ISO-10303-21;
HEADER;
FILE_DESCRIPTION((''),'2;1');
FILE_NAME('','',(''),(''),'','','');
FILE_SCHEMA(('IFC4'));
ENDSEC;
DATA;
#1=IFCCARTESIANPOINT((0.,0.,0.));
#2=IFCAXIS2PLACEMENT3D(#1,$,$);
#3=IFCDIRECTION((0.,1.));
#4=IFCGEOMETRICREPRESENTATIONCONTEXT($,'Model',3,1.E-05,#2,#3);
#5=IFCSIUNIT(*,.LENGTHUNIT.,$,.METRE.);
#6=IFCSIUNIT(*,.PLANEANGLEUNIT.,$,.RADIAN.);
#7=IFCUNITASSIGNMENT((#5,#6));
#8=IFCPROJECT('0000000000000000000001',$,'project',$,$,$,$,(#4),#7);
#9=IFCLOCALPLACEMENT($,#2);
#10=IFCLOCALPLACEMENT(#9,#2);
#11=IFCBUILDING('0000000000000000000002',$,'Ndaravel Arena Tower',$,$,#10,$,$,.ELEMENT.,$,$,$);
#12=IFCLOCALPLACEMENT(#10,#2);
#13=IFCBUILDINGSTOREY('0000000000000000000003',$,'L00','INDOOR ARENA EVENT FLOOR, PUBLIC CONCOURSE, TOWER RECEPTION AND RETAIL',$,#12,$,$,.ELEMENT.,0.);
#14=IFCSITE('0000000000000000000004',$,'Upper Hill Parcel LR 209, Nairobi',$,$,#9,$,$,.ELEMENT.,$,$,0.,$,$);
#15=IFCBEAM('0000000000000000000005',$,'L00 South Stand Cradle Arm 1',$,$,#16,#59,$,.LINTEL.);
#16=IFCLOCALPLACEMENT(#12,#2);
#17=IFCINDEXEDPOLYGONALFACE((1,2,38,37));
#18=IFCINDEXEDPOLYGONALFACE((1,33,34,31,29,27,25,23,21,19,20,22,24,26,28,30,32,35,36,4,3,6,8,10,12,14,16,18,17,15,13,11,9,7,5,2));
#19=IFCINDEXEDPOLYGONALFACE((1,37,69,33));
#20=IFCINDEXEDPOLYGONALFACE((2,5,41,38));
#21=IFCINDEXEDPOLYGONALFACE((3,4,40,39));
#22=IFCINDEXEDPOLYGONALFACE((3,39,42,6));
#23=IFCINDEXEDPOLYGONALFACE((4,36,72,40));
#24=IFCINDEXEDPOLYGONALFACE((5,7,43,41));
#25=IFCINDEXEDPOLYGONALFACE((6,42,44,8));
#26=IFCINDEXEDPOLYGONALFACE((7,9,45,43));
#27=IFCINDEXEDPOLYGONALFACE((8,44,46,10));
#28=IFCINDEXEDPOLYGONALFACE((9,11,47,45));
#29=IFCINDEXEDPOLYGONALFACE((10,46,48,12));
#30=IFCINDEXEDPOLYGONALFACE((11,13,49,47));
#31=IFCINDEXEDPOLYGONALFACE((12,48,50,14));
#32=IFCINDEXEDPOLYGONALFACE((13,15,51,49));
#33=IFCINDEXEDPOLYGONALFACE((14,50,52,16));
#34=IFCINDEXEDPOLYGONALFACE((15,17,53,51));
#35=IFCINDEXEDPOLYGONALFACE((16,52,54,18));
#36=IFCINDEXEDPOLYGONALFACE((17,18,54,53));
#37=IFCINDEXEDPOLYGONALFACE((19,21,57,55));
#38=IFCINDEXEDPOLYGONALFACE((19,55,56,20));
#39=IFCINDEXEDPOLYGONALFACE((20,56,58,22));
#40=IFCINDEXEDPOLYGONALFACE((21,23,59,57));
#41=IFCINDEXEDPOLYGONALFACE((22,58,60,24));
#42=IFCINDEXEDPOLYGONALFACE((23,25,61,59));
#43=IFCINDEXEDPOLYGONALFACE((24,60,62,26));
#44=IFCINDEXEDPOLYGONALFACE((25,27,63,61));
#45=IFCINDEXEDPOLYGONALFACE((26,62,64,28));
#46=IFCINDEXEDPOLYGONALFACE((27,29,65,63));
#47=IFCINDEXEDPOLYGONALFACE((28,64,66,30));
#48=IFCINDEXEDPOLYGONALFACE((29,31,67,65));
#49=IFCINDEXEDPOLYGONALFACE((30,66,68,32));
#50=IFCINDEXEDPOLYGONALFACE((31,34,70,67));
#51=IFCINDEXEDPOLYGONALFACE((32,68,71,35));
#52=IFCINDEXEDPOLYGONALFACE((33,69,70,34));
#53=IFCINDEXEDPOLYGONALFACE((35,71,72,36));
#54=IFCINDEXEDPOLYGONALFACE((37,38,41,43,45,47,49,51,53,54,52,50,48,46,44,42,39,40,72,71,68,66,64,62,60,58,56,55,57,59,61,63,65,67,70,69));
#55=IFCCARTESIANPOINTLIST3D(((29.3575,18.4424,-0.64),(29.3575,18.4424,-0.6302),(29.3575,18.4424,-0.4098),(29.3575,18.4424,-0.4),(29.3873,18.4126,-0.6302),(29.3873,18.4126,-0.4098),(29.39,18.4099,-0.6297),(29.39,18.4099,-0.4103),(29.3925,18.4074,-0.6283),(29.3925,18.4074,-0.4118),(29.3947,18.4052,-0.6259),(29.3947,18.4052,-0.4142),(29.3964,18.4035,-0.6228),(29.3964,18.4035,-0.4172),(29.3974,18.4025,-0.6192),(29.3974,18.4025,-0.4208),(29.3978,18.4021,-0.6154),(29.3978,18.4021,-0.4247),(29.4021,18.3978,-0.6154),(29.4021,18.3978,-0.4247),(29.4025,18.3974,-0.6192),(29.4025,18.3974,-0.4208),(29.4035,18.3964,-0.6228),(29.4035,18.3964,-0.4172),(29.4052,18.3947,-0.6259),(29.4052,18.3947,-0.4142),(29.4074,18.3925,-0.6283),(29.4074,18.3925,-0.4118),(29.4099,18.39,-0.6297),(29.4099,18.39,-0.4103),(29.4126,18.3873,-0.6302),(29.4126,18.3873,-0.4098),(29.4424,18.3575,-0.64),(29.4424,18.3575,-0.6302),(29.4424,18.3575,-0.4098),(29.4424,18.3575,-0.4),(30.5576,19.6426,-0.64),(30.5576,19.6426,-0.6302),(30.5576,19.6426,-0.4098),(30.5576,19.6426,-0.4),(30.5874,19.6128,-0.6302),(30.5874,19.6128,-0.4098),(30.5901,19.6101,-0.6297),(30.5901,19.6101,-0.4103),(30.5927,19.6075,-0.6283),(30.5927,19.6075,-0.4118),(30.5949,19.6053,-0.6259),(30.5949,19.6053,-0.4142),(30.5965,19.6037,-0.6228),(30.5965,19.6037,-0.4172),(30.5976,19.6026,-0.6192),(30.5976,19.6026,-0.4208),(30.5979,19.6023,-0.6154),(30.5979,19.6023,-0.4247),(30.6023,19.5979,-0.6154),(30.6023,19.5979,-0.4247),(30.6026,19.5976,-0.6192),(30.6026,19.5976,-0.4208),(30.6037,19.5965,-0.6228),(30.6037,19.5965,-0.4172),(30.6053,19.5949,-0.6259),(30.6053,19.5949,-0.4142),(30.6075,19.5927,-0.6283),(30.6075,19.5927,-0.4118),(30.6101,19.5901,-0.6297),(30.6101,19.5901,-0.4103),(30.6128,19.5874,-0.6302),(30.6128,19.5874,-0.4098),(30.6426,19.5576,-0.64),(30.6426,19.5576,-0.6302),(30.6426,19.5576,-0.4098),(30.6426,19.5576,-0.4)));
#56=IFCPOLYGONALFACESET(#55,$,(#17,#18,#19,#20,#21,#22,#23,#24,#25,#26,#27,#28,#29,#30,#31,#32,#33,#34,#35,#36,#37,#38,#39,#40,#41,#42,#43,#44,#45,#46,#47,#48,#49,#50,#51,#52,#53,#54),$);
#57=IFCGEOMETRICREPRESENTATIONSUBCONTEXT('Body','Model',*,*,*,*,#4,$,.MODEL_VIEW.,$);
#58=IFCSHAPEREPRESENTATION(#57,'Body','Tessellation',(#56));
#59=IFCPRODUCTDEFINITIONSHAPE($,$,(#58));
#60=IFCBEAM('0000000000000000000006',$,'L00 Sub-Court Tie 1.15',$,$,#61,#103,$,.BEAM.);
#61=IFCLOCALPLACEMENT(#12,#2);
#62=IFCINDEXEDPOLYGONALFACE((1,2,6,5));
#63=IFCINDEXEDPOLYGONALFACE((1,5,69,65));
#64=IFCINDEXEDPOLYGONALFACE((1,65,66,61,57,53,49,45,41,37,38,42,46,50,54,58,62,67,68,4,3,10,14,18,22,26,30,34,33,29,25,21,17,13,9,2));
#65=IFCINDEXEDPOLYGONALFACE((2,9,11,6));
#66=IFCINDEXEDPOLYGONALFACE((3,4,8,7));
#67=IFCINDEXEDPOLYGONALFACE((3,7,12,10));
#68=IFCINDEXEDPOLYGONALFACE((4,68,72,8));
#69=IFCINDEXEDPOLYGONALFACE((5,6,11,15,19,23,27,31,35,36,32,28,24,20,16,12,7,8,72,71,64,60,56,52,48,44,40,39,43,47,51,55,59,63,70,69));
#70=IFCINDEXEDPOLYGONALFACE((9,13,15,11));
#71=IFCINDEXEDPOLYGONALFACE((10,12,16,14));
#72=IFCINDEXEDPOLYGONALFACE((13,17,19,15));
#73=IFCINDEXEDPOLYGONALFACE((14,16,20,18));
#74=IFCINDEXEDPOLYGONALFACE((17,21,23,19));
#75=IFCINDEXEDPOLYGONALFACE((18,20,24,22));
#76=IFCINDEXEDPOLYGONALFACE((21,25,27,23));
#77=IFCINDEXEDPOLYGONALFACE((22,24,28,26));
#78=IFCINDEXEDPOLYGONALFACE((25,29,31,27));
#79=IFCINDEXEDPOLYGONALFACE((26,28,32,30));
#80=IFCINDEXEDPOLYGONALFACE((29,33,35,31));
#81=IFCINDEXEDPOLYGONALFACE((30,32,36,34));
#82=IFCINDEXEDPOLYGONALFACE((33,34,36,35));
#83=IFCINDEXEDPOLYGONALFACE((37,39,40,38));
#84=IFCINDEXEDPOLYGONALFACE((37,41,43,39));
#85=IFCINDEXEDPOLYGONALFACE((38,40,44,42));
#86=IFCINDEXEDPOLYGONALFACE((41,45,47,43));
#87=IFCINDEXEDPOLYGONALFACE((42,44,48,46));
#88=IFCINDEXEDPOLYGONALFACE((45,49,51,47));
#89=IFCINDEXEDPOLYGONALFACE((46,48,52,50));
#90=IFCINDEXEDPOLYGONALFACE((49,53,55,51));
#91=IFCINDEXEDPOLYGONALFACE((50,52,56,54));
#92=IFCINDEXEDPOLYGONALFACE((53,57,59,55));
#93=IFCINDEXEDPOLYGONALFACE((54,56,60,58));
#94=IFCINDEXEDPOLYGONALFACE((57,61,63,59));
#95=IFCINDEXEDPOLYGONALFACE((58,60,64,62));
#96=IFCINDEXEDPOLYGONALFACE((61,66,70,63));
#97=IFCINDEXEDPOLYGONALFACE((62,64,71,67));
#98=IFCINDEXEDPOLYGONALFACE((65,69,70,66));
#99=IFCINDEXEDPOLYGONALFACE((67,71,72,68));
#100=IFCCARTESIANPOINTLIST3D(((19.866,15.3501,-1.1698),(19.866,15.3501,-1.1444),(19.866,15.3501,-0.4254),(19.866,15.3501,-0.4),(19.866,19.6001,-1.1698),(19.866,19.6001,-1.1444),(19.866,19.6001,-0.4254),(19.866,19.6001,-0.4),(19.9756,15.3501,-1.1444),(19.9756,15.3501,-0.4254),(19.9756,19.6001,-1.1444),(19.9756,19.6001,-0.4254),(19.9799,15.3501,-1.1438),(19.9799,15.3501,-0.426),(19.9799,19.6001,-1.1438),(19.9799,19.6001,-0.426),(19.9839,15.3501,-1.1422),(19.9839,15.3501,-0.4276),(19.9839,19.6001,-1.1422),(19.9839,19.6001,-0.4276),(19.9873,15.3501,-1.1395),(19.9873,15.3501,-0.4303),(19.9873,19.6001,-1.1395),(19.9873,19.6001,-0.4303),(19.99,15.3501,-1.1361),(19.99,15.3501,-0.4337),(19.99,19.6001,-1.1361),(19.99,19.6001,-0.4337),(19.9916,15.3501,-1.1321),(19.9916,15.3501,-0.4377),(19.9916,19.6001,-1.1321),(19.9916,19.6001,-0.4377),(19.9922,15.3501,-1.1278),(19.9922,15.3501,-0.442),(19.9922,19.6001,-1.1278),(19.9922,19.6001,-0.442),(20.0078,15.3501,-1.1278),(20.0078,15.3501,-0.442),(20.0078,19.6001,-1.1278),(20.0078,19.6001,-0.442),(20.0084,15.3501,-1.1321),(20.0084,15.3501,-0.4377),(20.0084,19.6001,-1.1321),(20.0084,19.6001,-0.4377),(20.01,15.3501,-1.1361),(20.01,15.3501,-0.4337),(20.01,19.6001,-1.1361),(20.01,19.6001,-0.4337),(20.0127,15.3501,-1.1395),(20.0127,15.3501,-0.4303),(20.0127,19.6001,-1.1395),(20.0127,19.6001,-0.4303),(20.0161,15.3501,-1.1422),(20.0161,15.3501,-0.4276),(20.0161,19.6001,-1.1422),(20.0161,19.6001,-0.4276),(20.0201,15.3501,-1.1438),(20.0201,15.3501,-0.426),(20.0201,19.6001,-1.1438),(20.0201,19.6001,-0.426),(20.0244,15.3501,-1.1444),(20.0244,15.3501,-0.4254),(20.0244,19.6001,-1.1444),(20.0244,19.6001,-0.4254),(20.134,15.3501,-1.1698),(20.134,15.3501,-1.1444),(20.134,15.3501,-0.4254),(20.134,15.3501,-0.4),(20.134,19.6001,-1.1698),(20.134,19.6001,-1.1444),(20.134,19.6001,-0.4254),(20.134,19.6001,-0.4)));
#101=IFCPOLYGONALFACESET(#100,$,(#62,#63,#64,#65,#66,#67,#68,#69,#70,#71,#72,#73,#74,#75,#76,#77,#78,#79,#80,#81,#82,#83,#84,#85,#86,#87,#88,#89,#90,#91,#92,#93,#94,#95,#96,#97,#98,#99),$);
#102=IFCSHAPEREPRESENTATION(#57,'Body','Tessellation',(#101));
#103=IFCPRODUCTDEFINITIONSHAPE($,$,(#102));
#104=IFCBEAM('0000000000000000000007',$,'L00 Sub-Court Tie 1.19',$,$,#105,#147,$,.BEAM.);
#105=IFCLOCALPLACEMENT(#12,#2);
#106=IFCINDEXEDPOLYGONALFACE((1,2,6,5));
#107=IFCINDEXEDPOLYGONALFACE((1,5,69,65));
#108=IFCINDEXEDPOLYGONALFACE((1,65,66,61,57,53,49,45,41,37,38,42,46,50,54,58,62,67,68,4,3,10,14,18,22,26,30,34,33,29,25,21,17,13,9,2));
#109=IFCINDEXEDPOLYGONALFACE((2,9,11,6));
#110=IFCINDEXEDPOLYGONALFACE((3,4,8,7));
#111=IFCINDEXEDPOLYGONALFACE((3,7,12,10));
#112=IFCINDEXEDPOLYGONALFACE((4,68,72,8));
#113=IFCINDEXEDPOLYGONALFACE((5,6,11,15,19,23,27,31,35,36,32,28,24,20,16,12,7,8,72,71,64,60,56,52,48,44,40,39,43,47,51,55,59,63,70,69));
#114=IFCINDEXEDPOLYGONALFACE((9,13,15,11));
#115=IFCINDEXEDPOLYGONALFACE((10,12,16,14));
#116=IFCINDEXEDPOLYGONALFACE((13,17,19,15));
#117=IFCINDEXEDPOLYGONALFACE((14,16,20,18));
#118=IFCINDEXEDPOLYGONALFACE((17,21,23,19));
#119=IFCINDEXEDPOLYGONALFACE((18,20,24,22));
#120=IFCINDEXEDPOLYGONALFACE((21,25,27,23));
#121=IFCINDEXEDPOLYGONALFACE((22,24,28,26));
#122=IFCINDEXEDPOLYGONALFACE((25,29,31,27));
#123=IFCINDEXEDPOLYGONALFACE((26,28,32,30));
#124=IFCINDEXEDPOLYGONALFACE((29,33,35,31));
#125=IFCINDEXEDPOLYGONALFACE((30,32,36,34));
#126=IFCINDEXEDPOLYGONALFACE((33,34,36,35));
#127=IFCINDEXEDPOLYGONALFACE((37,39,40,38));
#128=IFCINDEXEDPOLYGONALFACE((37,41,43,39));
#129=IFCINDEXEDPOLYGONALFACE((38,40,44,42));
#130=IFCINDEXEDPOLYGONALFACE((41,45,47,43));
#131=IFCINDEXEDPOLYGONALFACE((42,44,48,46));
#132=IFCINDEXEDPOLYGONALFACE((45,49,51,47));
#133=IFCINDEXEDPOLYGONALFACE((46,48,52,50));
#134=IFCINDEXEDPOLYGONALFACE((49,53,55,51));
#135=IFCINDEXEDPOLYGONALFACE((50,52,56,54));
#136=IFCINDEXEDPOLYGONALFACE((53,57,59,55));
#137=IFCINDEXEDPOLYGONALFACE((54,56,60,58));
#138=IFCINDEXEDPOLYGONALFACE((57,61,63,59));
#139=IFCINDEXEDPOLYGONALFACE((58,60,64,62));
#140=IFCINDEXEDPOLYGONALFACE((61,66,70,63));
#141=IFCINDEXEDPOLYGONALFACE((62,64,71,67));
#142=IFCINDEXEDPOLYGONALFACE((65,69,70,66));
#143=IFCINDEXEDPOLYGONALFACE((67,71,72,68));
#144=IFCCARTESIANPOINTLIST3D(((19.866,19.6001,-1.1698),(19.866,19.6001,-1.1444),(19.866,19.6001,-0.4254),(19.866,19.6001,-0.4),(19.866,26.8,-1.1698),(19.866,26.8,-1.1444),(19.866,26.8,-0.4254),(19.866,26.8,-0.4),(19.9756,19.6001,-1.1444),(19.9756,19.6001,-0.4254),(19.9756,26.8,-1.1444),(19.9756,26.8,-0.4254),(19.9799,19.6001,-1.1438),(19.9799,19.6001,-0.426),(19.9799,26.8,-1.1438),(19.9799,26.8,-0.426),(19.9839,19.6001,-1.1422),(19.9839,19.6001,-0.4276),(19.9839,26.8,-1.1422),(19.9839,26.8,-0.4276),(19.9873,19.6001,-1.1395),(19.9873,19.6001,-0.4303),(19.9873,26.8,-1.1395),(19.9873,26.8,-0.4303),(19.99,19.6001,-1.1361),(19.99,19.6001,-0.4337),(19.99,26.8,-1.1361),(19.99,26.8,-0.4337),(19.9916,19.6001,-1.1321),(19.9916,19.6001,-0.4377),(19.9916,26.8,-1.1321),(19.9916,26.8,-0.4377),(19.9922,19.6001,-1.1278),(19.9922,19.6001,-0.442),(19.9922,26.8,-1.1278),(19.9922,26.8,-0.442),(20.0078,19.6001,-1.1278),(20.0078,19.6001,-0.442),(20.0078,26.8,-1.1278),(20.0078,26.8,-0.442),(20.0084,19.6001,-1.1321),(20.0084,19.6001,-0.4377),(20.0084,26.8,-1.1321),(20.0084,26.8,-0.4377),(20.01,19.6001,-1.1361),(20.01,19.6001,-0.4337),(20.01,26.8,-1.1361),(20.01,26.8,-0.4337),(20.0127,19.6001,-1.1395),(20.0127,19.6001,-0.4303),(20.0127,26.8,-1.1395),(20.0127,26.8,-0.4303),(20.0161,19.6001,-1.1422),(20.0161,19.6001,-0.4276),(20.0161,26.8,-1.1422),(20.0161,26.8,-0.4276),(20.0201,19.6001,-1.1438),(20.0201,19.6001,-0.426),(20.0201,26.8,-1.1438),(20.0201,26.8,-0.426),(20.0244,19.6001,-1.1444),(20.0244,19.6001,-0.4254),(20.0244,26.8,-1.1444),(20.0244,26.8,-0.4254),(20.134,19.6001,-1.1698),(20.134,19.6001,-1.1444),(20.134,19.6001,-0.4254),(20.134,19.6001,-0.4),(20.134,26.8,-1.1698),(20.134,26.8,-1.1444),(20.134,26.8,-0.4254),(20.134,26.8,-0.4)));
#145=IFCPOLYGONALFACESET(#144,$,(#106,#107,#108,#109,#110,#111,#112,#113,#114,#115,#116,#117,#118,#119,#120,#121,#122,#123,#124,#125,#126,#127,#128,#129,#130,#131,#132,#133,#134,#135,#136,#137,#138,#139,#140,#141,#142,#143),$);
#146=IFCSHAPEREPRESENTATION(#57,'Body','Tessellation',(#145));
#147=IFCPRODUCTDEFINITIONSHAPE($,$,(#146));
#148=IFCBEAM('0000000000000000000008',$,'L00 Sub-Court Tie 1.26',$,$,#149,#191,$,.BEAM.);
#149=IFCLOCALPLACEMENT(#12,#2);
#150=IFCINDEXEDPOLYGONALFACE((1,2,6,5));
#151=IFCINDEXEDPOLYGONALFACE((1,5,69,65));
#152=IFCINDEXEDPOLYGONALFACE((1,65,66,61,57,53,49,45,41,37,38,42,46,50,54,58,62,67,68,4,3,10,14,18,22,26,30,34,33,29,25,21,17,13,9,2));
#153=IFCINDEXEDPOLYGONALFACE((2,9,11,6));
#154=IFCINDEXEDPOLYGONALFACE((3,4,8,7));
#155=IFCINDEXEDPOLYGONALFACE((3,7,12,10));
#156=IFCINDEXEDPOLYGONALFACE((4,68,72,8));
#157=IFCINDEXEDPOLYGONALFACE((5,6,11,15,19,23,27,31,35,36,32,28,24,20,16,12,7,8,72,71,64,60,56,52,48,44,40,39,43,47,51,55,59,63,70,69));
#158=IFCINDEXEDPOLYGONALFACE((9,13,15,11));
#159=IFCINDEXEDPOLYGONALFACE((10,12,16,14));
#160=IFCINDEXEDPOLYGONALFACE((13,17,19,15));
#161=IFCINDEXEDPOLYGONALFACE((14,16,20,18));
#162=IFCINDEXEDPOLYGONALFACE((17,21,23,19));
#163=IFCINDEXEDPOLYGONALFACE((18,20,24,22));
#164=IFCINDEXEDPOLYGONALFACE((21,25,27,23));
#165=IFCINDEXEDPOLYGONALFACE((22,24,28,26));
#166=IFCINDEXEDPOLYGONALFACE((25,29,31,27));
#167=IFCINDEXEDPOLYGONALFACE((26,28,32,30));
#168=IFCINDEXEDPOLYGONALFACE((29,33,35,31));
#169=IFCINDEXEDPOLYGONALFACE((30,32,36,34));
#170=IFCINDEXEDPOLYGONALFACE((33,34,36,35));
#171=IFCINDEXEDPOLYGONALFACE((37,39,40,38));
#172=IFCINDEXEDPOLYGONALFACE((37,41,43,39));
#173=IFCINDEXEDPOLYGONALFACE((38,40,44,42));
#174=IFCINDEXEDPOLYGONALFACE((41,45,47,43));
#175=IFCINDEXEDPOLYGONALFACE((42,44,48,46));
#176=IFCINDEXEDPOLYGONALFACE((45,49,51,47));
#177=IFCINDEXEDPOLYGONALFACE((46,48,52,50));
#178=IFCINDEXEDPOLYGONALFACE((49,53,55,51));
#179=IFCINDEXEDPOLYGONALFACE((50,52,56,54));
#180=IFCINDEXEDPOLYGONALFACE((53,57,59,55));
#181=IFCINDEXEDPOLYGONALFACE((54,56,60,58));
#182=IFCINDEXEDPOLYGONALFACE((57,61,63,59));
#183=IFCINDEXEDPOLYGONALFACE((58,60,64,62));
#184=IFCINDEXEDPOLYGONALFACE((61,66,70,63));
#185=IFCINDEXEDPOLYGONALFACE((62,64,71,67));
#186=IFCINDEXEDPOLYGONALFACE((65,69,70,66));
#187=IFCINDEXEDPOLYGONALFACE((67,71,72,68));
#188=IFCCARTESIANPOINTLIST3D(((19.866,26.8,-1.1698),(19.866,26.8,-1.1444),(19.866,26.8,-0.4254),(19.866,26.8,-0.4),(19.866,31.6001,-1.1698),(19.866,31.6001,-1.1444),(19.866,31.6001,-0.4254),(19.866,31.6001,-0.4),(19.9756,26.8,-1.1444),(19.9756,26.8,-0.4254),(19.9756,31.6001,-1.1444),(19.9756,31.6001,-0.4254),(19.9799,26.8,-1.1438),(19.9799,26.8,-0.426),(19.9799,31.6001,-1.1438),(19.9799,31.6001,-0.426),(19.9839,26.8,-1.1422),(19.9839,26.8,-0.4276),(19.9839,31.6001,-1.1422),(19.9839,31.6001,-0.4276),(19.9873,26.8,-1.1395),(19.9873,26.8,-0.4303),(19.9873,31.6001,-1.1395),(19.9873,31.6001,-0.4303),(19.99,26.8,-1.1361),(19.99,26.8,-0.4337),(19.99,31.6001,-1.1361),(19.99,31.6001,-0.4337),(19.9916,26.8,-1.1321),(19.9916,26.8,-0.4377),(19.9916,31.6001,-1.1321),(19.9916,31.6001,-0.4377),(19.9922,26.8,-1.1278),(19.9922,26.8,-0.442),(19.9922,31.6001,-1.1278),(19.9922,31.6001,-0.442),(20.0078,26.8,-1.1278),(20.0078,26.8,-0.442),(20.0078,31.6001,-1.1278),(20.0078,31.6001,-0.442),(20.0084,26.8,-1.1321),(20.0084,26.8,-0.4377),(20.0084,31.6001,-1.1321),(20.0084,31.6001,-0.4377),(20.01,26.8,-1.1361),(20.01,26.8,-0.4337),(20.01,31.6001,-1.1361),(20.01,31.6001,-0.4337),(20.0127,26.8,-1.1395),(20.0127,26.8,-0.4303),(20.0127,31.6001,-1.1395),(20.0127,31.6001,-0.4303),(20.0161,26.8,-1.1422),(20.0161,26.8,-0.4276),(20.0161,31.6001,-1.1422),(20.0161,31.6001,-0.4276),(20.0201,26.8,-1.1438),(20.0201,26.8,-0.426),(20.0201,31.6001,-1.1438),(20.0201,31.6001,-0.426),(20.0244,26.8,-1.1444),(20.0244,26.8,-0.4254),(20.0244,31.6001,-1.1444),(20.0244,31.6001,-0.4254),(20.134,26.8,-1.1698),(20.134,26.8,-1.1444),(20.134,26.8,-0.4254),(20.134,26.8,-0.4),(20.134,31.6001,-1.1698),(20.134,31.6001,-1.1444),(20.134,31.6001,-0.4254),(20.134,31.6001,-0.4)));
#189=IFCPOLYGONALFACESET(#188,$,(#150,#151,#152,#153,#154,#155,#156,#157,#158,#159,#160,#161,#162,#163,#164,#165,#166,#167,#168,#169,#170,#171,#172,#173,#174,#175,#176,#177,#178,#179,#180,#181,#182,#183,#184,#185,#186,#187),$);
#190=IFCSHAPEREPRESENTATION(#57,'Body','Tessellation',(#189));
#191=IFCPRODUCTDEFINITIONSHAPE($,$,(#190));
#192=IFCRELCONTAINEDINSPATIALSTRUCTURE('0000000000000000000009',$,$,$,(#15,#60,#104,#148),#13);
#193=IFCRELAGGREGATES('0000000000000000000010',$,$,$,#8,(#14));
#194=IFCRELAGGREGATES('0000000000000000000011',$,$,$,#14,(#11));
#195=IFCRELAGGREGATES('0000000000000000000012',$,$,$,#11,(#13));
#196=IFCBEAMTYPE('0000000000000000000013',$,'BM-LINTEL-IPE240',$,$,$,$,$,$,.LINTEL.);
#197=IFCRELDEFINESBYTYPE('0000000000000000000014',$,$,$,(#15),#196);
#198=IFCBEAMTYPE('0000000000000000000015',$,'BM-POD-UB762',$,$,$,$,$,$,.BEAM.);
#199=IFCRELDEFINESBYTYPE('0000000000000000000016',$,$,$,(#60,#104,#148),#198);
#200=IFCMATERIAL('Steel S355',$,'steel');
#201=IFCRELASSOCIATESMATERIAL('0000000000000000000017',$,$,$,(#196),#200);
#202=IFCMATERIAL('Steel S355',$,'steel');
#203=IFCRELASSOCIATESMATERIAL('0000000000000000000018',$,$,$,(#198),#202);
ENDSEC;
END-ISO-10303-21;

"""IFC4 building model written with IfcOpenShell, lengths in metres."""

from ifc_helpers import new_model, si_unit, direction, frame, origin, origin_2d, place, context, subcontext, project, spatial, i_section, extrude, material, material_profile, profile_set, type_object, element, save


model = new_model("IFC4")

# Units and contexts
model_context = context("Model", 3, precision=1e-05, world=origin(), true_north=direction((0.0, 1.0)))
body_context = subcontext(model_context, "Body", "Model", "MODEL_VIEW")
ifc_project = project(units=[si_unit("LENGTHUNIT", "METRE"), si_unit("PLANEANGLEUNIT", "RADIAN")], contexts=[model_context])

# Site, building, storey
site_placement = place(None, origin())
site = spatial("IfcSite", under=ifc_project, at=site_placement, Name="Upper Hill Parcel LR 209, Nairobi", CompositionType="ELEMENT", RefElevation=0.0)
building_placement = place(site_placement, origin())
building = spatial("IfcBuilding", under=site, at=building_placement, Name="Ndaravel Arena Tower", CompositionType="ELEMENT")
storey_placement = place(building_placement, origin())
storey = spatial("IfcBuildingStorey", under=building, at=storey_placement, Name="L00", Description="INDOOR ARENA EVENT FLOOR, PUBLIC CONCOURSE, TOWER RECEPTION AND RETAIL", CompositionType="ELEMENT", Elevation=0.0)

# Beams
ifc_material_1 = material(Name="Steel S355", Category="steel")
ifc_material_profile_1 = material_profile(ifc_material_1, i_section(OverallWidth=0.1201, OverallDepth=0.24, WebThickness=0.0061, FlangeThickness=0.0098, FilletRadius=0.0149, at=origin_2d()), Name="IPE 240")
ifc_profile_set_1 = profile_set([ifc_material_profile_1], Name="Steel S355")
beam_type_1 = type_object("IfcBeamType", Name="BM-LINTEL-IPE240", PredefinedType="LINTEL", material=ifc_profile_set_1)
beam_1_placement = place(storey_placement, frame((30.6001, 19.6001, -0.52), z_axis=(-0.707107, -0.707107, 0.0), x_axis=(0.707107, -0.707107, 0.0)))
element("IfcBeam", 1, at=beam_1_placement, inside=storey, type_object=beam_type_1, Name="L00 South Stand Cradle Arm 1", PredefinedType="LINTEL", context=body_context, shape_type="SweptSolid", body=[
    extrude(i_section(OverallWidth=0.1201, OverallDepth=0.24, WebThickness=0.0061, FlangeThickness=0.0098, FilletRadius=0.0149, at=origin_2d()), origin(), (0.0, 0.0, 1.0), 1.6973),
])
ifc_material_2 = material(Name="Steel S355", Category="steel")
ifc_material_profile_2 = material_profile(ifc_material_2, i_section(OverallWidth=0.2681, OverallDepth=0.7698, WebThickness=0.0156, FlangeThickness=0.0254, FilletRadius=0.0166, at=origin_2d()), Name="UB 762x267x197")
ifc_profile_set_2 = profile_set([ifc_material_profile_2], Name="Steel S355")
beam_type_2 = type_object("IfcBeamType", Name="BM-POD-UB762", PredefinedType="BEAM", material=ifc_profile_set_2)
beam_2_placement = place(storey_placement, frame((20.0, 15.3501, -0.7849), z_axis=(0.0, 1.0, 0.0), x_axis=(-1.0, 0.0, 0.0)))
element("IfcBeam", 2, at=beam_2_placement, inside=storey, type_object=beam_type_2, Name="L00 Sub-Court Tie 1.15", PredefinedType="BEAM", context=body_context, shape_type="SweptSolid", body=[
    extrude(i_section(OverallWidth=0.2681, OverallDepth=0.7698, WebThickness=0.0156, FlangeThickness=0.0254, FilletRadius=0.0166, at=origin_2d()), origin(), (0.0, 0.0, 1.0), 4.25),
])
beam_3_placement = place(storey_placement, frame((20.0, 19.6001, -0.7849), z_axis=(0.0, 1.0, 0.0), x_axis=(-1.0, 0.0, 0.0)))
element("IfcBeam", 3, at=beam_3_placement, inside=storey, type_object=beam_type_2, Name="L00 Sub-Court Tie 1.19", PredefinedType="BEAM", context=body_context, shape_type="SweptSolid", body=[
    extrude(i_section(OverallWidth=0.2681, OverallDepth=0.7698, WebThickness=0.0156, FlangeThickness=0.0254, FilletRadius=0.0166, at=origin_2d()), origin(), (0.0, 0.0, 1.0), 7.2),
])
beam_4_placement = place(storey_placement, frame((20.0, 26.8, -0.7849), z_axis=(0.0, 1.0, 0.0), x_axis=(-1.0, 0.0, 0.0)))
element("IfcBeam", 4, at=beam_4_placement, inside=storey, type_object=beam_type_2, Name="L00 Sub-Court Tie 1.26", PredefinedType="BEAM", context=body_context, shape_type="SweptSolid", body=[
    extrude(i_section(OverallWidth=0.2681, OverallDepth=0.7698, WebThickness=0.0156, FlangeThickness=0.0254, FilletRadius=0.0166, at=origin_2d()), origin(), (0.0, 0.0, 1.0), 4.8),
])

save(model, "model.ifc")
